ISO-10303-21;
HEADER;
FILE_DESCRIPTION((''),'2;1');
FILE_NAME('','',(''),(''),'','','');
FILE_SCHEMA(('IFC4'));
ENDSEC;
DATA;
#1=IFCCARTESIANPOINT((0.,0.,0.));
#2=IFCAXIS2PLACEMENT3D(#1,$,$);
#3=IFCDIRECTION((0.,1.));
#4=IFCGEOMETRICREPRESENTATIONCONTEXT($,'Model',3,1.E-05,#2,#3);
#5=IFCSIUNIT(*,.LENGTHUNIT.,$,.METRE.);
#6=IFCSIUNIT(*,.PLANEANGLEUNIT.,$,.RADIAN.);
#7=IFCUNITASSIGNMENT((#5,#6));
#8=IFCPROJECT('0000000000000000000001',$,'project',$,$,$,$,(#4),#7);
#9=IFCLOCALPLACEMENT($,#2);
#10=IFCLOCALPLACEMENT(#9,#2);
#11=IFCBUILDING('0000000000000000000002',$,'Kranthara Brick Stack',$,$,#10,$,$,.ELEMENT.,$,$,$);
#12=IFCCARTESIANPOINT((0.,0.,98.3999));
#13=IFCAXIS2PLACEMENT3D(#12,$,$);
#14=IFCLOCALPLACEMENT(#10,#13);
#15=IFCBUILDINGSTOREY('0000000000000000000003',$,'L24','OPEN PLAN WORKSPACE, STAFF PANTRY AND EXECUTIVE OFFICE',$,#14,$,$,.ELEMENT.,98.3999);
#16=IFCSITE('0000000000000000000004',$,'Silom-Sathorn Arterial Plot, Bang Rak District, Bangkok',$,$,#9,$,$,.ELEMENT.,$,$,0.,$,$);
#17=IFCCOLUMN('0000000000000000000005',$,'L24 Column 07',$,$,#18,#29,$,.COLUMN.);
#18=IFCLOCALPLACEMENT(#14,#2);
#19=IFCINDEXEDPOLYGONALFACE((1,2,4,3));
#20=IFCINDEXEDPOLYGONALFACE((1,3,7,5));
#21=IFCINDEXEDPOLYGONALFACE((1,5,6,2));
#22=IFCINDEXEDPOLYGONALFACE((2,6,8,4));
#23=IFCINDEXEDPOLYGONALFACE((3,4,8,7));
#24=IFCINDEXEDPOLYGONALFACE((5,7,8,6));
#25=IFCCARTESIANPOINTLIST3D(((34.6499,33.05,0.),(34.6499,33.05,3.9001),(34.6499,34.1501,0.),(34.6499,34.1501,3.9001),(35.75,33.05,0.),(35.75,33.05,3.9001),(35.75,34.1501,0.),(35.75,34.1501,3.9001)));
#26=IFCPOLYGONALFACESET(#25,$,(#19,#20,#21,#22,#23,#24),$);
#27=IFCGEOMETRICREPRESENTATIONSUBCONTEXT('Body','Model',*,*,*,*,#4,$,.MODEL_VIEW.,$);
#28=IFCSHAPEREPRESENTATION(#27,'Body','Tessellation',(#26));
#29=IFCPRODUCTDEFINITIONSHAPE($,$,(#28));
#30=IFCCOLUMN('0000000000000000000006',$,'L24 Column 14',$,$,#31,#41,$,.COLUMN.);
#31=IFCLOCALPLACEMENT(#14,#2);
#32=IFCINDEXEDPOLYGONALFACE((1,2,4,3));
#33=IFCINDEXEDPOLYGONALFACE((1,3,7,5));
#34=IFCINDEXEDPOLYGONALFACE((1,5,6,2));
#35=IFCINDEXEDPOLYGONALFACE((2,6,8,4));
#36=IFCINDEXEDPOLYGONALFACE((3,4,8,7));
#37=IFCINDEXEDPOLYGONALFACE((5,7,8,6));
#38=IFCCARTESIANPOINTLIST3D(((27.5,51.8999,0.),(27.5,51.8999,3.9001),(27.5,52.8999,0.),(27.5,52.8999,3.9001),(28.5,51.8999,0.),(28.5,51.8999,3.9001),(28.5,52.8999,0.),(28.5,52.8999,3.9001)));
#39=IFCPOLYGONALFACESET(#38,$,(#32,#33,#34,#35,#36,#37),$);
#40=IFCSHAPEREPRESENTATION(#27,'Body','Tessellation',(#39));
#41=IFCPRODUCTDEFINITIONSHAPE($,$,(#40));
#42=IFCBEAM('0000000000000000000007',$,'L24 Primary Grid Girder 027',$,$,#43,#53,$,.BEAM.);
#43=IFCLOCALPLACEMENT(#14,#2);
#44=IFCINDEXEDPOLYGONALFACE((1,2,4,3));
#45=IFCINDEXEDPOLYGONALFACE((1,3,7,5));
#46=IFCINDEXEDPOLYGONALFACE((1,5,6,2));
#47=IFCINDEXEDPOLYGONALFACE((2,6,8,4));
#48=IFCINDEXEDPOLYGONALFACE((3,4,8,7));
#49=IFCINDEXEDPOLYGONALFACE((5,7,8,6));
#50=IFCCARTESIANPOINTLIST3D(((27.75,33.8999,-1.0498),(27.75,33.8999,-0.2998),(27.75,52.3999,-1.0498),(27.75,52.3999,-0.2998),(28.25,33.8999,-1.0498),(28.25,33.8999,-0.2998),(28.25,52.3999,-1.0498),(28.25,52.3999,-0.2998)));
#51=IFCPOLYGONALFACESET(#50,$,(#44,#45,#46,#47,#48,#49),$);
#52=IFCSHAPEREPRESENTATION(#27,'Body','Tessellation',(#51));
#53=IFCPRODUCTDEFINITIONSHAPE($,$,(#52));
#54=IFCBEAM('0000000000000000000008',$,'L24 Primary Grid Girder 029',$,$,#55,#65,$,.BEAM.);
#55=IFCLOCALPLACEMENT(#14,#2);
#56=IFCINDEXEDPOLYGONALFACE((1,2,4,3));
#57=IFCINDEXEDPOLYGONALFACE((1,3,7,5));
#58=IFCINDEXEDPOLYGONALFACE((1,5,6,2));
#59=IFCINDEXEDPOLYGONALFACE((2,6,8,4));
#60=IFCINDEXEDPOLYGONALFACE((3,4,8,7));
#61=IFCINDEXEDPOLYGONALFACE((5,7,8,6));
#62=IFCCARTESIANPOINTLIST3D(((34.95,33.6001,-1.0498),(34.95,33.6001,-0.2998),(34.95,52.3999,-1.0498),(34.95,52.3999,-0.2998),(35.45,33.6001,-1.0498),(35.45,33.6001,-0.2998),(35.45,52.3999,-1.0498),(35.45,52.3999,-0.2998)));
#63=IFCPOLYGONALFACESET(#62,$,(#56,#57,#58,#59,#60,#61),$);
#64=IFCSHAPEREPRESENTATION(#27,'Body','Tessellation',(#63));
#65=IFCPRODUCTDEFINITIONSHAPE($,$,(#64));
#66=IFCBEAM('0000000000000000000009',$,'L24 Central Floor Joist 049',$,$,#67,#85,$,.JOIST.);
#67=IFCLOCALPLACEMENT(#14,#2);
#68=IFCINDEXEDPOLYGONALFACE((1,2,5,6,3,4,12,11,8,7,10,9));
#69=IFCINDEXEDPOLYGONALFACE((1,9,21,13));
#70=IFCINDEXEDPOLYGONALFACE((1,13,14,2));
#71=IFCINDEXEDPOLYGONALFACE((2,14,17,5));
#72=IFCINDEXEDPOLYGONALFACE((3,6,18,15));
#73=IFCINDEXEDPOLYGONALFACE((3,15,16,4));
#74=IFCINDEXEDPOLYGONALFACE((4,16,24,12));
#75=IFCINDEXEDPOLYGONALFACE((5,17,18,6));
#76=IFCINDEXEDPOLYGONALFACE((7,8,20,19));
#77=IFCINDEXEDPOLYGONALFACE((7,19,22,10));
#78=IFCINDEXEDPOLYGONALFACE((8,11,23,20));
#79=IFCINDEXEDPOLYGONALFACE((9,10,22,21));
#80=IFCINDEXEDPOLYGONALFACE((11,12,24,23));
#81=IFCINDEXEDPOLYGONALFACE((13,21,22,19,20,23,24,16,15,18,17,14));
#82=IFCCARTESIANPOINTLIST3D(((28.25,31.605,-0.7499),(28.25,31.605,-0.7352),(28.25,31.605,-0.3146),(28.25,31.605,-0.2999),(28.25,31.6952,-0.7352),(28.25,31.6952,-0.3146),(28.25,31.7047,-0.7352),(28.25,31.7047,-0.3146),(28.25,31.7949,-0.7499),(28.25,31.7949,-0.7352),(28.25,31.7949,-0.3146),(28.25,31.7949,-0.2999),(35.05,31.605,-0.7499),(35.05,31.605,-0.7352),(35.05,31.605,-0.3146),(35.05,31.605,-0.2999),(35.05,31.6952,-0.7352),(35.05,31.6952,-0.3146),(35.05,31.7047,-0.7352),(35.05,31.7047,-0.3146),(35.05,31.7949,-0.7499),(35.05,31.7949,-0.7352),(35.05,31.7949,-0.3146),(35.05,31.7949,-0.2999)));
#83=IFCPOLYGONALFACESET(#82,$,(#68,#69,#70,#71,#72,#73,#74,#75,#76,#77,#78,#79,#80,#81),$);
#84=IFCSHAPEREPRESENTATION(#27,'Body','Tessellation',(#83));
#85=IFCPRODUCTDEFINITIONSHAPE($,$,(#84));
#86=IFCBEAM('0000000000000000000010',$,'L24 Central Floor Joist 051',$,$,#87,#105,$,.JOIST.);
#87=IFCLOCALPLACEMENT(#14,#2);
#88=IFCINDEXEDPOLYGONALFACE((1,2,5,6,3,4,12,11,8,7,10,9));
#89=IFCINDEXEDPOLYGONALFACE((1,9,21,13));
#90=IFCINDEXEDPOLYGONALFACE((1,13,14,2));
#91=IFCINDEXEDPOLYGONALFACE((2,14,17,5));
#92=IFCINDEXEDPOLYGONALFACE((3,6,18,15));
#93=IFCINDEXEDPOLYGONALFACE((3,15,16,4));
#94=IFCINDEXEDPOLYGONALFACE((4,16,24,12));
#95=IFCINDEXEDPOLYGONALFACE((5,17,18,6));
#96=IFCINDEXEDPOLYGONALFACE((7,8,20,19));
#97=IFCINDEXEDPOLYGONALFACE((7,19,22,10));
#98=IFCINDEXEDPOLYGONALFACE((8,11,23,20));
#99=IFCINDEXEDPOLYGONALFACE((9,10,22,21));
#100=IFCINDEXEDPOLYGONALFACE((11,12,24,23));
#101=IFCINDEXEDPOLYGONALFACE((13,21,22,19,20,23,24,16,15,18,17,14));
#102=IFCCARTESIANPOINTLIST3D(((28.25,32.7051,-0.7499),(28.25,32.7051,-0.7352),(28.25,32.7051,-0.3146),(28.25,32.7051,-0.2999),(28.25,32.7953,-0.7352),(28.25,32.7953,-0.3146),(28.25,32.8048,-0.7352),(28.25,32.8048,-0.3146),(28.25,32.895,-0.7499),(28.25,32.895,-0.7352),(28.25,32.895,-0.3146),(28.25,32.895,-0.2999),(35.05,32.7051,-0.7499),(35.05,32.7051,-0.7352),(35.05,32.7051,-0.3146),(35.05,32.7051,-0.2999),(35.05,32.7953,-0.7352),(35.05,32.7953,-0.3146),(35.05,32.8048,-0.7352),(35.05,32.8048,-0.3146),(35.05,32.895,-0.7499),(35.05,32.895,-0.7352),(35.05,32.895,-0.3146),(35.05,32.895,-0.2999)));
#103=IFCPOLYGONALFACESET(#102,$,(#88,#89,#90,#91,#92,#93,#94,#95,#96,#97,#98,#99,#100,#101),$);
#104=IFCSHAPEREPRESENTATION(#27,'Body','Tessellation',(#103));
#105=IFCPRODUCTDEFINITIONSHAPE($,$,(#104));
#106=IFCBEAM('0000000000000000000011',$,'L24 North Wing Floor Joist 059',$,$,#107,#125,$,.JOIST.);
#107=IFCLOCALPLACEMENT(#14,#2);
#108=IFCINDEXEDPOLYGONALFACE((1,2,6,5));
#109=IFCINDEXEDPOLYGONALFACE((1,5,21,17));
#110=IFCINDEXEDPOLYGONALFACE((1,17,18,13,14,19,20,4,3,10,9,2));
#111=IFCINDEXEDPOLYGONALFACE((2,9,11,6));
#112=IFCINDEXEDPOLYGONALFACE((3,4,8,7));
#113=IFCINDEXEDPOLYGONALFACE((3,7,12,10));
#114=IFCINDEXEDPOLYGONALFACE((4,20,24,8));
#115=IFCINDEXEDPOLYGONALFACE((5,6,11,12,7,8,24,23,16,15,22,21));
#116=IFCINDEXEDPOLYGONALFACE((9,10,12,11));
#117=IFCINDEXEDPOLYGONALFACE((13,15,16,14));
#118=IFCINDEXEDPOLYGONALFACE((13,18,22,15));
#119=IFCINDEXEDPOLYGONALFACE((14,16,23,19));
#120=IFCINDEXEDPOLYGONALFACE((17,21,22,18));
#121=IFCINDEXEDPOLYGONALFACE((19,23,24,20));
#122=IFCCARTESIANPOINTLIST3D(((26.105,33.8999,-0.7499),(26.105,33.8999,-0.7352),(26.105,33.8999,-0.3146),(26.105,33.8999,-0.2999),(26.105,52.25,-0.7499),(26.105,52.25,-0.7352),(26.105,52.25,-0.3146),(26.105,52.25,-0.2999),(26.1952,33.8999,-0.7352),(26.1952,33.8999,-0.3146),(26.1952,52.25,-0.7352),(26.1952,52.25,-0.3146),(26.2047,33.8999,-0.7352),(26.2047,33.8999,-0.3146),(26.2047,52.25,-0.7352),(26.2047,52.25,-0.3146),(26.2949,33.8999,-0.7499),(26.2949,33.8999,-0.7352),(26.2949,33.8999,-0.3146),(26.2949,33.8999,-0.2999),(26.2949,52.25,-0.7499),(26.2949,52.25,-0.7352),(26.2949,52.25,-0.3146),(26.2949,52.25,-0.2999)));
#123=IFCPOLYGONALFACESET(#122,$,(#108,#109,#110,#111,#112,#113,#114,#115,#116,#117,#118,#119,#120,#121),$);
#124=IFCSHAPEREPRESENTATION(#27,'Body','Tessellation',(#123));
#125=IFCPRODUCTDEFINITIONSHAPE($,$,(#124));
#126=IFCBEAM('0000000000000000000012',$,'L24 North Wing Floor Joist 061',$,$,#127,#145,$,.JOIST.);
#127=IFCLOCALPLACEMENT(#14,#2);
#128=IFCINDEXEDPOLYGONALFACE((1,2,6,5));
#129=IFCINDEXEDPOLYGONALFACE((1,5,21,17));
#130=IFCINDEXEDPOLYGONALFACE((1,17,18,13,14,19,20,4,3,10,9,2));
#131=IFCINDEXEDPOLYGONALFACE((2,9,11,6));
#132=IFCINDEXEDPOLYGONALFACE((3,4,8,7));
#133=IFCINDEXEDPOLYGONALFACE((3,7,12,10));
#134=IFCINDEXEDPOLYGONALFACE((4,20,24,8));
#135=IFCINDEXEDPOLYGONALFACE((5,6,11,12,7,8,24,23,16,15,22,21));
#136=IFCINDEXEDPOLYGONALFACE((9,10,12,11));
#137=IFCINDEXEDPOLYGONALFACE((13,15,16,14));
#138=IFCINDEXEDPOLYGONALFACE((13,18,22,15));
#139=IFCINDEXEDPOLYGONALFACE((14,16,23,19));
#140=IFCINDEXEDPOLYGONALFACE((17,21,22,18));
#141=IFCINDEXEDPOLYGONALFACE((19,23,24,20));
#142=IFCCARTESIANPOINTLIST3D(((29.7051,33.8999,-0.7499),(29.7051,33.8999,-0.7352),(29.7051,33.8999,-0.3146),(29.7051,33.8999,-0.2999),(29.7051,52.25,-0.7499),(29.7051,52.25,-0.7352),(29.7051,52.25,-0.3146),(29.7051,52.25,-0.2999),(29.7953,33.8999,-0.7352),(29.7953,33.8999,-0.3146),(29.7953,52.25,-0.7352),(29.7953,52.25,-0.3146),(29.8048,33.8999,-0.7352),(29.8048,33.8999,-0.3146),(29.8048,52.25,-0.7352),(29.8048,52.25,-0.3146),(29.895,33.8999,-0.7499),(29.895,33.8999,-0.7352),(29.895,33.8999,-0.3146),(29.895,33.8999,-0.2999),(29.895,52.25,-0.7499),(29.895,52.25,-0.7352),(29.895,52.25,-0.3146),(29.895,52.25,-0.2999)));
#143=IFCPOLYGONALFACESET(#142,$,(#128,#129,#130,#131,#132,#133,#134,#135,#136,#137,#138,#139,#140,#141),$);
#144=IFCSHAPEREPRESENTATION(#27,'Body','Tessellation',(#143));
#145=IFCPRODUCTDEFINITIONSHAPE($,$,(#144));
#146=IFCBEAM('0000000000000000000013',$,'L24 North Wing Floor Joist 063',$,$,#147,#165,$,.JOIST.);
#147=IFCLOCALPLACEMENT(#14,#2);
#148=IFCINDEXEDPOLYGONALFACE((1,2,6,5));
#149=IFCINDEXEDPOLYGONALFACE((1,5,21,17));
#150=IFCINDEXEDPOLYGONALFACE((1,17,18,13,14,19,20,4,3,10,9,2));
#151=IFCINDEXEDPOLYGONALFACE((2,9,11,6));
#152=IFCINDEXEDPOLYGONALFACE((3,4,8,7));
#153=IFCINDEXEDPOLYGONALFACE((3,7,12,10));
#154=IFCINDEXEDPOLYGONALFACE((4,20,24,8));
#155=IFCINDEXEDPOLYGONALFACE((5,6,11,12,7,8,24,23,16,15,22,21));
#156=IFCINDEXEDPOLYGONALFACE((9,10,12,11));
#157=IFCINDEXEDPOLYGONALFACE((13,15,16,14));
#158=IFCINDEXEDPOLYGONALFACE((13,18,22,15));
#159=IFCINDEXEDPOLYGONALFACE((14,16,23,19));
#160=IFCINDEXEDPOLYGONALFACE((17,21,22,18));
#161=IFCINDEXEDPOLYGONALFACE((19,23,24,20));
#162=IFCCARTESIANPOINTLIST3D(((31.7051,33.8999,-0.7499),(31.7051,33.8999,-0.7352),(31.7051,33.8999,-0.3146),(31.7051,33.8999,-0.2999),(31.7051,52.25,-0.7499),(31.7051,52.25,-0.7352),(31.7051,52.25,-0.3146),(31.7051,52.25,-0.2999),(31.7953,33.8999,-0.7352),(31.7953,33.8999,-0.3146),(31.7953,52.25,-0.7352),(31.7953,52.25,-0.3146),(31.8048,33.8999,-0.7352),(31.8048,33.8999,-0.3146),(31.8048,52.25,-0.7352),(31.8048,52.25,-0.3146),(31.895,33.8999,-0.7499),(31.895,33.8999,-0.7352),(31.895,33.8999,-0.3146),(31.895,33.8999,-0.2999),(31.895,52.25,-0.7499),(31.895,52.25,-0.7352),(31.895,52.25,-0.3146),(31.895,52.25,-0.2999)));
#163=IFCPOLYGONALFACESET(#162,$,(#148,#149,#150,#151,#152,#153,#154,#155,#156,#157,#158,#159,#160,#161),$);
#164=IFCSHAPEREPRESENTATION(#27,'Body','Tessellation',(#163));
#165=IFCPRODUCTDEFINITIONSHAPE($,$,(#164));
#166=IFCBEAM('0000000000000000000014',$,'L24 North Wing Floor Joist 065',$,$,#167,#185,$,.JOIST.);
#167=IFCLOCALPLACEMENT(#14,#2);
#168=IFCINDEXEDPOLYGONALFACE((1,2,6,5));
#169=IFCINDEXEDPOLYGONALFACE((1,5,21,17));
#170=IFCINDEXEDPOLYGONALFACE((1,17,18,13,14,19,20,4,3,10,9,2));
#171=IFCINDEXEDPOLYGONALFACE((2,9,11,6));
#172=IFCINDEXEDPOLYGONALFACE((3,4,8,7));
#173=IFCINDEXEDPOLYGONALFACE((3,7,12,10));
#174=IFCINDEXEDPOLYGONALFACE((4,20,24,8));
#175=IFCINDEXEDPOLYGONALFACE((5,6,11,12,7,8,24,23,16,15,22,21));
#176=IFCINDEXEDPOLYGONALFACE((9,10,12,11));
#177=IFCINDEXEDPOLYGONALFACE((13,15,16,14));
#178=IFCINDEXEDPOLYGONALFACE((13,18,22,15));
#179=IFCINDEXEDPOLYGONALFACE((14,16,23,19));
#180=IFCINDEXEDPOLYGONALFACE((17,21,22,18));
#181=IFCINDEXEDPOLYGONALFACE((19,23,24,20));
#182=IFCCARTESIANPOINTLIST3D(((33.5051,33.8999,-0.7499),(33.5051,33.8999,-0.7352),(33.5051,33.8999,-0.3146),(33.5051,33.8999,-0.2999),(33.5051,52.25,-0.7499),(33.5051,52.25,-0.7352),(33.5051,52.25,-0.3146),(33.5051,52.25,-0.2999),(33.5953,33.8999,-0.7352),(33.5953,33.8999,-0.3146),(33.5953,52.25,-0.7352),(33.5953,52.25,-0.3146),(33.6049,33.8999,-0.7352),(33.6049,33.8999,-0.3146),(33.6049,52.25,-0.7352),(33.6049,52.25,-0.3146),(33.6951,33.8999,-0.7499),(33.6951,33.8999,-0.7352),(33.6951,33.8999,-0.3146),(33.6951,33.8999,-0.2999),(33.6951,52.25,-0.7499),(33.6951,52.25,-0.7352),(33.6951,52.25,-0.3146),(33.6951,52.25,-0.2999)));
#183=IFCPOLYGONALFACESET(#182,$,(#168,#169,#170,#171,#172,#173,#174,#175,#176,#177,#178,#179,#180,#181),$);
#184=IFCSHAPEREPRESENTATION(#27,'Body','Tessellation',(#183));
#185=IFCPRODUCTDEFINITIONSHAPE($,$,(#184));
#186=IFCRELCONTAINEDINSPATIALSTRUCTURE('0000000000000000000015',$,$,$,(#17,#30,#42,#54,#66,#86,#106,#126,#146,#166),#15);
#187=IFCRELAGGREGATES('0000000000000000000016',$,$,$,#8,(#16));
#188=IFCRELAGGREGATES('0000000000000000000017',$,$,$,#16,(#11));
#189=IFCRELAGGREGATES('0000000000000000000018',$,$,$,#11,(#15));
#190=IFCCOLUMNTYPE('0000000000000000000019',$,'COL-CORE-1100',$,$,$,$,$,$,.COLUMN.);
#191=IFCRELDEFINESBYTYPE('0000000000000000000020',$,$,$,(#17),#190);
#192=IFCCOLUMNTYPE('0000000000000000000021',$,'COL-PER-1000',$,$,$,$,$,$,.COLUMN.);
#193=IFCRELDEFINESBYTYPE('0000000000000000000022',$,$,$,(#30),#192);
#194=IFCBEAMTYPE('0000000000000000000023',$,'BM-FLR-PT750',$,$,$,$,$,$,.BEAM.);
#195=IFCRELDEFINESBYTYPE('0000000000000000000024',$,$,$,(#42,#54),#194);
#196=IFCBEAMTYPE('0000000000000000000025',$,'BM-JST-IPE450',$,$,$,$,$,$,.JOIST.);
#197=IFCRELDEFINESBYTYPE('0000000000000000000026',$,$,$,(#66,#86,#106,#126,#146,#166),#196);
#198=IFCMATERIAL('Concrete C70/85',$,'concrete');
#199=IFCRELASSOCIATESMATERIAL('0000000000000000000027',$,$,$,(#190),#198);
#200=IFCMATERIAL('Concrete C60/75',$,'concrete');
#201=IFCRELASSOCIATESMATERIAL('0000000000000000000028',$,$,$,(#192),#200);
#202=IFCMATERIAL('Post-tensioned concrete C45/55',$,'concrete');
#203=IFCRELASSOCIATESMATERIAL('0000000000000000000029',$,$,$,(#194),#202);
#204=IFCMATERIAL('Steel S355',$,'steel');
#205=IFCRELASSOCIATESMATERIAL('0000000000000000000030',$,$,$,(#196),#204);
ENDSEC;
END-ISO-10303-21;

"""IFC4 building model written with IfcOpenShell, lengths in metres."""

from ifc_helpers import new_model, si_unit, direction, frame, origin, origin_2d, place, context, subcontext, project, spatial, rectangle, i_section, extrude, material, material_profile, profile_set, type_object, element, save


model = new_model("IFC4")

# Units and contexts
model_context = context("Model", 3, precision=1e-05, world=origin(), true_north=direction((0.0, 1.0)))
body_context = subcontext(model_context, "Body", "Model", "MODEL_VIEW")
ifc_project = project(units=[si_unit("LENGTHUNIT", "METRE"), si_unit("PLANEANGLEUNIT", "RADIAN")], contexts=[model_context])

# Site, building, storey
site_placement = place(None, origin())
site = spatial("IfcSite", under=ifc_project, at=site_placement, Name="Silom-Sathorn Arterial Plot, Bang Rak District, Bangkok", CompositionType="ELEMENT", RefElevation=0.0)
building_placement = place(site_placement, origin())
building = spatial("IfcBuilding", under=site, at=building_placement, Name="Kranthara Brick Stack", CompositionType="ELEMENT")
storey_placement = place(building_placement, frame((0.0, 0.0, 98.3999)))
storey = spatial("IfcBuildingStorey", under=building, at=storey_placement, Name="L24", Description="OPEN PLAN WORKSPACE, STAFF PANTRY AND EXECUTIVE OFFICE", CompositionType="ELEMENT", Elevation=98.3999)

# Columns
ifc_material_1 = material(Name="Concrete C70/85", Category="concrete")
ifc_material_profile_1 = material_profile(ifc_material_1, rectangle(XDim=1.1001, YDim=1.1001, at=origin_2d()), Name="RC 1100x1100")
ifc_profile_set_1 = profile_set([ifc_material_profile_1], Name="Concrete C70/85")
column_type_1 = type_object("IfcColumnType", Name="COL-CORE-1100", PredefinedType="COLUMN", material=ifc_profile_set_1)
column_1_placement = place(storey_placement, frame((35.2, 33.6001, 0.0), z_axis=(0.0, 0.0, 1.0), x_axis=(1.0, 0.0, 0.0)))
element("IfcColumn", 1, at=column_1_placement, inside=storey, type_object=column_type_1, Name="L24 Column 07", PredefinedType="COLUMN", context=body_context, shape_type="SweptSolid", body=[
    extrude(rectangle(XDim=1.1001, YDim=1.1001, at=origin_2d()), origin(), (0.0, 0.0, 1.0), 3.9001),
])
ifc_material_2 = material(Name="Concrete C60/75", Category="concrete")
ifc_material_profile_2 = material_profile(ifc_material_2, rectangle(XDim=1.0, YDim=1.0, at=origin_2d()), Name="RC 1000x1000")
ifc_profile_set_2 = profile_set([ifc_material_profile_2], Name="Concrete C60/75")
column_type_2 = type_object("IfcColumnType", Name="COL-PER-1000", PredefinedType="COLUMN", material=ifc_profile_set_2)
column_2_placement = place(storey_placement, frame((28.0, 52.3999, 0.0), z_axis=(0.0, 0.0, 1.0), x_axis=(1.0, 0.0, 0.0)))
element("IfcColumn", 2, at=column_2_placement, inside=storey, type_object=column_type_2, Name="L24 Column 14", PredefinedType="COLUMN", context=body_context, shape_type="SweptSolid", body=[
    extrude(rectangle(XDim=1.0, YDim=1.0, at=origin_2d()), origin(), (0.0, 0.0, 1.0), 3.9001),
])

# Beams
ifc_material_3 = material(Name="Post-tensioned concrete C45/55", Category="concrete")
ifc_material_profile_3 = material_profile(ifc_material_3, rectangle(XDim=0.5, YDim=0.75, at=origin_2d()), Name="PT 500x750")
ifc_profile_set_3 = profile_set([ifc_material_profile_3], Name="Post-tensioned concrete C45/55")
beam_type_1 = type_object("IfcBeamType", Name="BM-FLR-PT750", PredefinedType="BEAM", material=ifc_profile_set_3)
beam_1_placement = place(storey_placement, frame((28.0, 33.8999, -0.6748), z_axis=(0.0, 1.0, 0.0), x_axis=(-1.0, 0.0, 0.0)))
element("IfcBeam", 3, at=beam_1_placement, inside=storey, type_object=beam_type_1, Name="L24 Primary Grid Girder 027", PredefinedType="BEAM", context=body_context, shape_type="SweptSolid", body=[
    extrude(rectangle(XDim=0.5, YDim=0.75, at=origin_2d()), origin(), (0.0, 0.0, 1.0), 18.5),
])
beam_2_placement = place(storey_placement, frame((35.2, 33.6001, -0.6748), z_axis=(0.0, 1.0, 0.0), x_axis=(-1.0, 0.0, 0.0)))
element("IfcBeam", 4, at=beam_2_placement, inside=storey, type_object=beam_type_1, Name="L24 Primary Grid Girder 029", PredefinedType="BEAM", context=body_context, shape_type="SweptSolid", body=[
    extrude(rectangle(XDim=0.5, YDim=0.75, at=origin_2d()), origin(), (0.0, 0.0, 1.0), 18.7998),
])
ifc_material_4 = material(Name="Steel S355", Category="steel")
ifc_material_profile_4 = material_profile(ifc_material_4, i_section(OverallWidth=0.1899, OverallDepth=0.45, WebThickness=0.0095, FlangeThickness=0.0146, at=origin_2d()), Name="IPE 450")
ifc_profile_set_4 = profile_set([ifc_material_profile_4], Name="Steel S355")
beam_type_2 = type_object("IfcBeamType", Name="BM-JST-IPE450", PredefinedType="JOIST", material=ifc_profile_set_4)
for number, where, z_axis, x_axis, name in (
    (5, (28.25, 31.7, -0.5249), (1.0, 0.0, 0.0), (0.0, 1.0, 0.0), "L24 Central Floor Joist 049"),
    (6, (28.25, 32.8, -0.5249), (1.0, 0.0, 0.0), (0.0, 1.0, 0.0), "L24 Central Floor Joist 051"),
):
    element("IfcBeam", number, at=place(storey_placement, frame(where, z_axis=z_axis, x_axis=x_axis)), inside=storey, type_object=beam_type_2, Name=name, PredefinedType="JOIST", context=body_context, shape_type="SweptSolid", body=[
        extrude(i_section(OverallWidth=0.1899, OverallDepth=0.45, WebThickness=0.0095, FlangeThickness=0.0146, at=origin_2d()), origin(), (0.0, 0.0, 1.0), 6.8),
    ])
for number, where, z_axis, x_axis, name in (
    (7, (26.2, 33.8999, -0.5249), (0.0, 1.0, 0.0), (-1.0, 0.0, 0.0), "L24 North Wing Floor Joist 059"),
    (8, (29.8, 33.8999, -0.5249), (0.0, 1.0, 0.0), (-1.0, 0.0, 0.0), "L24 North Wing Floor Joist 061"),
    (9, (31.8, 33.8999, -0.5249), (0.0, 1.0, 0.0), (-1.0, 0.0, 0.0), "L24 North Wing Floor Joist 063"),
    (10, (33.6001, 33.8999, -0.5249), (0.0, 1.0, 0.0), (-1.0, 0.0, 0.0), "L24 North Wing Floor Joist 065"),
):
    element("IfcBeam", number, at=place(storey_placement, frame(where, z_axis=z_axis, x_axis=x_axis)), inside=storey, type_object=beam_type_2, Name=name, PredefinedType="JOIST", context=body_context, shape_type="SweptSolid", body=[
        extrude(i_section(OverallWidth=0.1899, OverallDepth=0.45, WebThickness=0.0095, FlangeThickness=0.0146, at=origin_2d()), origin(), (0.0, 0.0, 1.0), 18.3501),
    ])

save(model, "model.ifc")
